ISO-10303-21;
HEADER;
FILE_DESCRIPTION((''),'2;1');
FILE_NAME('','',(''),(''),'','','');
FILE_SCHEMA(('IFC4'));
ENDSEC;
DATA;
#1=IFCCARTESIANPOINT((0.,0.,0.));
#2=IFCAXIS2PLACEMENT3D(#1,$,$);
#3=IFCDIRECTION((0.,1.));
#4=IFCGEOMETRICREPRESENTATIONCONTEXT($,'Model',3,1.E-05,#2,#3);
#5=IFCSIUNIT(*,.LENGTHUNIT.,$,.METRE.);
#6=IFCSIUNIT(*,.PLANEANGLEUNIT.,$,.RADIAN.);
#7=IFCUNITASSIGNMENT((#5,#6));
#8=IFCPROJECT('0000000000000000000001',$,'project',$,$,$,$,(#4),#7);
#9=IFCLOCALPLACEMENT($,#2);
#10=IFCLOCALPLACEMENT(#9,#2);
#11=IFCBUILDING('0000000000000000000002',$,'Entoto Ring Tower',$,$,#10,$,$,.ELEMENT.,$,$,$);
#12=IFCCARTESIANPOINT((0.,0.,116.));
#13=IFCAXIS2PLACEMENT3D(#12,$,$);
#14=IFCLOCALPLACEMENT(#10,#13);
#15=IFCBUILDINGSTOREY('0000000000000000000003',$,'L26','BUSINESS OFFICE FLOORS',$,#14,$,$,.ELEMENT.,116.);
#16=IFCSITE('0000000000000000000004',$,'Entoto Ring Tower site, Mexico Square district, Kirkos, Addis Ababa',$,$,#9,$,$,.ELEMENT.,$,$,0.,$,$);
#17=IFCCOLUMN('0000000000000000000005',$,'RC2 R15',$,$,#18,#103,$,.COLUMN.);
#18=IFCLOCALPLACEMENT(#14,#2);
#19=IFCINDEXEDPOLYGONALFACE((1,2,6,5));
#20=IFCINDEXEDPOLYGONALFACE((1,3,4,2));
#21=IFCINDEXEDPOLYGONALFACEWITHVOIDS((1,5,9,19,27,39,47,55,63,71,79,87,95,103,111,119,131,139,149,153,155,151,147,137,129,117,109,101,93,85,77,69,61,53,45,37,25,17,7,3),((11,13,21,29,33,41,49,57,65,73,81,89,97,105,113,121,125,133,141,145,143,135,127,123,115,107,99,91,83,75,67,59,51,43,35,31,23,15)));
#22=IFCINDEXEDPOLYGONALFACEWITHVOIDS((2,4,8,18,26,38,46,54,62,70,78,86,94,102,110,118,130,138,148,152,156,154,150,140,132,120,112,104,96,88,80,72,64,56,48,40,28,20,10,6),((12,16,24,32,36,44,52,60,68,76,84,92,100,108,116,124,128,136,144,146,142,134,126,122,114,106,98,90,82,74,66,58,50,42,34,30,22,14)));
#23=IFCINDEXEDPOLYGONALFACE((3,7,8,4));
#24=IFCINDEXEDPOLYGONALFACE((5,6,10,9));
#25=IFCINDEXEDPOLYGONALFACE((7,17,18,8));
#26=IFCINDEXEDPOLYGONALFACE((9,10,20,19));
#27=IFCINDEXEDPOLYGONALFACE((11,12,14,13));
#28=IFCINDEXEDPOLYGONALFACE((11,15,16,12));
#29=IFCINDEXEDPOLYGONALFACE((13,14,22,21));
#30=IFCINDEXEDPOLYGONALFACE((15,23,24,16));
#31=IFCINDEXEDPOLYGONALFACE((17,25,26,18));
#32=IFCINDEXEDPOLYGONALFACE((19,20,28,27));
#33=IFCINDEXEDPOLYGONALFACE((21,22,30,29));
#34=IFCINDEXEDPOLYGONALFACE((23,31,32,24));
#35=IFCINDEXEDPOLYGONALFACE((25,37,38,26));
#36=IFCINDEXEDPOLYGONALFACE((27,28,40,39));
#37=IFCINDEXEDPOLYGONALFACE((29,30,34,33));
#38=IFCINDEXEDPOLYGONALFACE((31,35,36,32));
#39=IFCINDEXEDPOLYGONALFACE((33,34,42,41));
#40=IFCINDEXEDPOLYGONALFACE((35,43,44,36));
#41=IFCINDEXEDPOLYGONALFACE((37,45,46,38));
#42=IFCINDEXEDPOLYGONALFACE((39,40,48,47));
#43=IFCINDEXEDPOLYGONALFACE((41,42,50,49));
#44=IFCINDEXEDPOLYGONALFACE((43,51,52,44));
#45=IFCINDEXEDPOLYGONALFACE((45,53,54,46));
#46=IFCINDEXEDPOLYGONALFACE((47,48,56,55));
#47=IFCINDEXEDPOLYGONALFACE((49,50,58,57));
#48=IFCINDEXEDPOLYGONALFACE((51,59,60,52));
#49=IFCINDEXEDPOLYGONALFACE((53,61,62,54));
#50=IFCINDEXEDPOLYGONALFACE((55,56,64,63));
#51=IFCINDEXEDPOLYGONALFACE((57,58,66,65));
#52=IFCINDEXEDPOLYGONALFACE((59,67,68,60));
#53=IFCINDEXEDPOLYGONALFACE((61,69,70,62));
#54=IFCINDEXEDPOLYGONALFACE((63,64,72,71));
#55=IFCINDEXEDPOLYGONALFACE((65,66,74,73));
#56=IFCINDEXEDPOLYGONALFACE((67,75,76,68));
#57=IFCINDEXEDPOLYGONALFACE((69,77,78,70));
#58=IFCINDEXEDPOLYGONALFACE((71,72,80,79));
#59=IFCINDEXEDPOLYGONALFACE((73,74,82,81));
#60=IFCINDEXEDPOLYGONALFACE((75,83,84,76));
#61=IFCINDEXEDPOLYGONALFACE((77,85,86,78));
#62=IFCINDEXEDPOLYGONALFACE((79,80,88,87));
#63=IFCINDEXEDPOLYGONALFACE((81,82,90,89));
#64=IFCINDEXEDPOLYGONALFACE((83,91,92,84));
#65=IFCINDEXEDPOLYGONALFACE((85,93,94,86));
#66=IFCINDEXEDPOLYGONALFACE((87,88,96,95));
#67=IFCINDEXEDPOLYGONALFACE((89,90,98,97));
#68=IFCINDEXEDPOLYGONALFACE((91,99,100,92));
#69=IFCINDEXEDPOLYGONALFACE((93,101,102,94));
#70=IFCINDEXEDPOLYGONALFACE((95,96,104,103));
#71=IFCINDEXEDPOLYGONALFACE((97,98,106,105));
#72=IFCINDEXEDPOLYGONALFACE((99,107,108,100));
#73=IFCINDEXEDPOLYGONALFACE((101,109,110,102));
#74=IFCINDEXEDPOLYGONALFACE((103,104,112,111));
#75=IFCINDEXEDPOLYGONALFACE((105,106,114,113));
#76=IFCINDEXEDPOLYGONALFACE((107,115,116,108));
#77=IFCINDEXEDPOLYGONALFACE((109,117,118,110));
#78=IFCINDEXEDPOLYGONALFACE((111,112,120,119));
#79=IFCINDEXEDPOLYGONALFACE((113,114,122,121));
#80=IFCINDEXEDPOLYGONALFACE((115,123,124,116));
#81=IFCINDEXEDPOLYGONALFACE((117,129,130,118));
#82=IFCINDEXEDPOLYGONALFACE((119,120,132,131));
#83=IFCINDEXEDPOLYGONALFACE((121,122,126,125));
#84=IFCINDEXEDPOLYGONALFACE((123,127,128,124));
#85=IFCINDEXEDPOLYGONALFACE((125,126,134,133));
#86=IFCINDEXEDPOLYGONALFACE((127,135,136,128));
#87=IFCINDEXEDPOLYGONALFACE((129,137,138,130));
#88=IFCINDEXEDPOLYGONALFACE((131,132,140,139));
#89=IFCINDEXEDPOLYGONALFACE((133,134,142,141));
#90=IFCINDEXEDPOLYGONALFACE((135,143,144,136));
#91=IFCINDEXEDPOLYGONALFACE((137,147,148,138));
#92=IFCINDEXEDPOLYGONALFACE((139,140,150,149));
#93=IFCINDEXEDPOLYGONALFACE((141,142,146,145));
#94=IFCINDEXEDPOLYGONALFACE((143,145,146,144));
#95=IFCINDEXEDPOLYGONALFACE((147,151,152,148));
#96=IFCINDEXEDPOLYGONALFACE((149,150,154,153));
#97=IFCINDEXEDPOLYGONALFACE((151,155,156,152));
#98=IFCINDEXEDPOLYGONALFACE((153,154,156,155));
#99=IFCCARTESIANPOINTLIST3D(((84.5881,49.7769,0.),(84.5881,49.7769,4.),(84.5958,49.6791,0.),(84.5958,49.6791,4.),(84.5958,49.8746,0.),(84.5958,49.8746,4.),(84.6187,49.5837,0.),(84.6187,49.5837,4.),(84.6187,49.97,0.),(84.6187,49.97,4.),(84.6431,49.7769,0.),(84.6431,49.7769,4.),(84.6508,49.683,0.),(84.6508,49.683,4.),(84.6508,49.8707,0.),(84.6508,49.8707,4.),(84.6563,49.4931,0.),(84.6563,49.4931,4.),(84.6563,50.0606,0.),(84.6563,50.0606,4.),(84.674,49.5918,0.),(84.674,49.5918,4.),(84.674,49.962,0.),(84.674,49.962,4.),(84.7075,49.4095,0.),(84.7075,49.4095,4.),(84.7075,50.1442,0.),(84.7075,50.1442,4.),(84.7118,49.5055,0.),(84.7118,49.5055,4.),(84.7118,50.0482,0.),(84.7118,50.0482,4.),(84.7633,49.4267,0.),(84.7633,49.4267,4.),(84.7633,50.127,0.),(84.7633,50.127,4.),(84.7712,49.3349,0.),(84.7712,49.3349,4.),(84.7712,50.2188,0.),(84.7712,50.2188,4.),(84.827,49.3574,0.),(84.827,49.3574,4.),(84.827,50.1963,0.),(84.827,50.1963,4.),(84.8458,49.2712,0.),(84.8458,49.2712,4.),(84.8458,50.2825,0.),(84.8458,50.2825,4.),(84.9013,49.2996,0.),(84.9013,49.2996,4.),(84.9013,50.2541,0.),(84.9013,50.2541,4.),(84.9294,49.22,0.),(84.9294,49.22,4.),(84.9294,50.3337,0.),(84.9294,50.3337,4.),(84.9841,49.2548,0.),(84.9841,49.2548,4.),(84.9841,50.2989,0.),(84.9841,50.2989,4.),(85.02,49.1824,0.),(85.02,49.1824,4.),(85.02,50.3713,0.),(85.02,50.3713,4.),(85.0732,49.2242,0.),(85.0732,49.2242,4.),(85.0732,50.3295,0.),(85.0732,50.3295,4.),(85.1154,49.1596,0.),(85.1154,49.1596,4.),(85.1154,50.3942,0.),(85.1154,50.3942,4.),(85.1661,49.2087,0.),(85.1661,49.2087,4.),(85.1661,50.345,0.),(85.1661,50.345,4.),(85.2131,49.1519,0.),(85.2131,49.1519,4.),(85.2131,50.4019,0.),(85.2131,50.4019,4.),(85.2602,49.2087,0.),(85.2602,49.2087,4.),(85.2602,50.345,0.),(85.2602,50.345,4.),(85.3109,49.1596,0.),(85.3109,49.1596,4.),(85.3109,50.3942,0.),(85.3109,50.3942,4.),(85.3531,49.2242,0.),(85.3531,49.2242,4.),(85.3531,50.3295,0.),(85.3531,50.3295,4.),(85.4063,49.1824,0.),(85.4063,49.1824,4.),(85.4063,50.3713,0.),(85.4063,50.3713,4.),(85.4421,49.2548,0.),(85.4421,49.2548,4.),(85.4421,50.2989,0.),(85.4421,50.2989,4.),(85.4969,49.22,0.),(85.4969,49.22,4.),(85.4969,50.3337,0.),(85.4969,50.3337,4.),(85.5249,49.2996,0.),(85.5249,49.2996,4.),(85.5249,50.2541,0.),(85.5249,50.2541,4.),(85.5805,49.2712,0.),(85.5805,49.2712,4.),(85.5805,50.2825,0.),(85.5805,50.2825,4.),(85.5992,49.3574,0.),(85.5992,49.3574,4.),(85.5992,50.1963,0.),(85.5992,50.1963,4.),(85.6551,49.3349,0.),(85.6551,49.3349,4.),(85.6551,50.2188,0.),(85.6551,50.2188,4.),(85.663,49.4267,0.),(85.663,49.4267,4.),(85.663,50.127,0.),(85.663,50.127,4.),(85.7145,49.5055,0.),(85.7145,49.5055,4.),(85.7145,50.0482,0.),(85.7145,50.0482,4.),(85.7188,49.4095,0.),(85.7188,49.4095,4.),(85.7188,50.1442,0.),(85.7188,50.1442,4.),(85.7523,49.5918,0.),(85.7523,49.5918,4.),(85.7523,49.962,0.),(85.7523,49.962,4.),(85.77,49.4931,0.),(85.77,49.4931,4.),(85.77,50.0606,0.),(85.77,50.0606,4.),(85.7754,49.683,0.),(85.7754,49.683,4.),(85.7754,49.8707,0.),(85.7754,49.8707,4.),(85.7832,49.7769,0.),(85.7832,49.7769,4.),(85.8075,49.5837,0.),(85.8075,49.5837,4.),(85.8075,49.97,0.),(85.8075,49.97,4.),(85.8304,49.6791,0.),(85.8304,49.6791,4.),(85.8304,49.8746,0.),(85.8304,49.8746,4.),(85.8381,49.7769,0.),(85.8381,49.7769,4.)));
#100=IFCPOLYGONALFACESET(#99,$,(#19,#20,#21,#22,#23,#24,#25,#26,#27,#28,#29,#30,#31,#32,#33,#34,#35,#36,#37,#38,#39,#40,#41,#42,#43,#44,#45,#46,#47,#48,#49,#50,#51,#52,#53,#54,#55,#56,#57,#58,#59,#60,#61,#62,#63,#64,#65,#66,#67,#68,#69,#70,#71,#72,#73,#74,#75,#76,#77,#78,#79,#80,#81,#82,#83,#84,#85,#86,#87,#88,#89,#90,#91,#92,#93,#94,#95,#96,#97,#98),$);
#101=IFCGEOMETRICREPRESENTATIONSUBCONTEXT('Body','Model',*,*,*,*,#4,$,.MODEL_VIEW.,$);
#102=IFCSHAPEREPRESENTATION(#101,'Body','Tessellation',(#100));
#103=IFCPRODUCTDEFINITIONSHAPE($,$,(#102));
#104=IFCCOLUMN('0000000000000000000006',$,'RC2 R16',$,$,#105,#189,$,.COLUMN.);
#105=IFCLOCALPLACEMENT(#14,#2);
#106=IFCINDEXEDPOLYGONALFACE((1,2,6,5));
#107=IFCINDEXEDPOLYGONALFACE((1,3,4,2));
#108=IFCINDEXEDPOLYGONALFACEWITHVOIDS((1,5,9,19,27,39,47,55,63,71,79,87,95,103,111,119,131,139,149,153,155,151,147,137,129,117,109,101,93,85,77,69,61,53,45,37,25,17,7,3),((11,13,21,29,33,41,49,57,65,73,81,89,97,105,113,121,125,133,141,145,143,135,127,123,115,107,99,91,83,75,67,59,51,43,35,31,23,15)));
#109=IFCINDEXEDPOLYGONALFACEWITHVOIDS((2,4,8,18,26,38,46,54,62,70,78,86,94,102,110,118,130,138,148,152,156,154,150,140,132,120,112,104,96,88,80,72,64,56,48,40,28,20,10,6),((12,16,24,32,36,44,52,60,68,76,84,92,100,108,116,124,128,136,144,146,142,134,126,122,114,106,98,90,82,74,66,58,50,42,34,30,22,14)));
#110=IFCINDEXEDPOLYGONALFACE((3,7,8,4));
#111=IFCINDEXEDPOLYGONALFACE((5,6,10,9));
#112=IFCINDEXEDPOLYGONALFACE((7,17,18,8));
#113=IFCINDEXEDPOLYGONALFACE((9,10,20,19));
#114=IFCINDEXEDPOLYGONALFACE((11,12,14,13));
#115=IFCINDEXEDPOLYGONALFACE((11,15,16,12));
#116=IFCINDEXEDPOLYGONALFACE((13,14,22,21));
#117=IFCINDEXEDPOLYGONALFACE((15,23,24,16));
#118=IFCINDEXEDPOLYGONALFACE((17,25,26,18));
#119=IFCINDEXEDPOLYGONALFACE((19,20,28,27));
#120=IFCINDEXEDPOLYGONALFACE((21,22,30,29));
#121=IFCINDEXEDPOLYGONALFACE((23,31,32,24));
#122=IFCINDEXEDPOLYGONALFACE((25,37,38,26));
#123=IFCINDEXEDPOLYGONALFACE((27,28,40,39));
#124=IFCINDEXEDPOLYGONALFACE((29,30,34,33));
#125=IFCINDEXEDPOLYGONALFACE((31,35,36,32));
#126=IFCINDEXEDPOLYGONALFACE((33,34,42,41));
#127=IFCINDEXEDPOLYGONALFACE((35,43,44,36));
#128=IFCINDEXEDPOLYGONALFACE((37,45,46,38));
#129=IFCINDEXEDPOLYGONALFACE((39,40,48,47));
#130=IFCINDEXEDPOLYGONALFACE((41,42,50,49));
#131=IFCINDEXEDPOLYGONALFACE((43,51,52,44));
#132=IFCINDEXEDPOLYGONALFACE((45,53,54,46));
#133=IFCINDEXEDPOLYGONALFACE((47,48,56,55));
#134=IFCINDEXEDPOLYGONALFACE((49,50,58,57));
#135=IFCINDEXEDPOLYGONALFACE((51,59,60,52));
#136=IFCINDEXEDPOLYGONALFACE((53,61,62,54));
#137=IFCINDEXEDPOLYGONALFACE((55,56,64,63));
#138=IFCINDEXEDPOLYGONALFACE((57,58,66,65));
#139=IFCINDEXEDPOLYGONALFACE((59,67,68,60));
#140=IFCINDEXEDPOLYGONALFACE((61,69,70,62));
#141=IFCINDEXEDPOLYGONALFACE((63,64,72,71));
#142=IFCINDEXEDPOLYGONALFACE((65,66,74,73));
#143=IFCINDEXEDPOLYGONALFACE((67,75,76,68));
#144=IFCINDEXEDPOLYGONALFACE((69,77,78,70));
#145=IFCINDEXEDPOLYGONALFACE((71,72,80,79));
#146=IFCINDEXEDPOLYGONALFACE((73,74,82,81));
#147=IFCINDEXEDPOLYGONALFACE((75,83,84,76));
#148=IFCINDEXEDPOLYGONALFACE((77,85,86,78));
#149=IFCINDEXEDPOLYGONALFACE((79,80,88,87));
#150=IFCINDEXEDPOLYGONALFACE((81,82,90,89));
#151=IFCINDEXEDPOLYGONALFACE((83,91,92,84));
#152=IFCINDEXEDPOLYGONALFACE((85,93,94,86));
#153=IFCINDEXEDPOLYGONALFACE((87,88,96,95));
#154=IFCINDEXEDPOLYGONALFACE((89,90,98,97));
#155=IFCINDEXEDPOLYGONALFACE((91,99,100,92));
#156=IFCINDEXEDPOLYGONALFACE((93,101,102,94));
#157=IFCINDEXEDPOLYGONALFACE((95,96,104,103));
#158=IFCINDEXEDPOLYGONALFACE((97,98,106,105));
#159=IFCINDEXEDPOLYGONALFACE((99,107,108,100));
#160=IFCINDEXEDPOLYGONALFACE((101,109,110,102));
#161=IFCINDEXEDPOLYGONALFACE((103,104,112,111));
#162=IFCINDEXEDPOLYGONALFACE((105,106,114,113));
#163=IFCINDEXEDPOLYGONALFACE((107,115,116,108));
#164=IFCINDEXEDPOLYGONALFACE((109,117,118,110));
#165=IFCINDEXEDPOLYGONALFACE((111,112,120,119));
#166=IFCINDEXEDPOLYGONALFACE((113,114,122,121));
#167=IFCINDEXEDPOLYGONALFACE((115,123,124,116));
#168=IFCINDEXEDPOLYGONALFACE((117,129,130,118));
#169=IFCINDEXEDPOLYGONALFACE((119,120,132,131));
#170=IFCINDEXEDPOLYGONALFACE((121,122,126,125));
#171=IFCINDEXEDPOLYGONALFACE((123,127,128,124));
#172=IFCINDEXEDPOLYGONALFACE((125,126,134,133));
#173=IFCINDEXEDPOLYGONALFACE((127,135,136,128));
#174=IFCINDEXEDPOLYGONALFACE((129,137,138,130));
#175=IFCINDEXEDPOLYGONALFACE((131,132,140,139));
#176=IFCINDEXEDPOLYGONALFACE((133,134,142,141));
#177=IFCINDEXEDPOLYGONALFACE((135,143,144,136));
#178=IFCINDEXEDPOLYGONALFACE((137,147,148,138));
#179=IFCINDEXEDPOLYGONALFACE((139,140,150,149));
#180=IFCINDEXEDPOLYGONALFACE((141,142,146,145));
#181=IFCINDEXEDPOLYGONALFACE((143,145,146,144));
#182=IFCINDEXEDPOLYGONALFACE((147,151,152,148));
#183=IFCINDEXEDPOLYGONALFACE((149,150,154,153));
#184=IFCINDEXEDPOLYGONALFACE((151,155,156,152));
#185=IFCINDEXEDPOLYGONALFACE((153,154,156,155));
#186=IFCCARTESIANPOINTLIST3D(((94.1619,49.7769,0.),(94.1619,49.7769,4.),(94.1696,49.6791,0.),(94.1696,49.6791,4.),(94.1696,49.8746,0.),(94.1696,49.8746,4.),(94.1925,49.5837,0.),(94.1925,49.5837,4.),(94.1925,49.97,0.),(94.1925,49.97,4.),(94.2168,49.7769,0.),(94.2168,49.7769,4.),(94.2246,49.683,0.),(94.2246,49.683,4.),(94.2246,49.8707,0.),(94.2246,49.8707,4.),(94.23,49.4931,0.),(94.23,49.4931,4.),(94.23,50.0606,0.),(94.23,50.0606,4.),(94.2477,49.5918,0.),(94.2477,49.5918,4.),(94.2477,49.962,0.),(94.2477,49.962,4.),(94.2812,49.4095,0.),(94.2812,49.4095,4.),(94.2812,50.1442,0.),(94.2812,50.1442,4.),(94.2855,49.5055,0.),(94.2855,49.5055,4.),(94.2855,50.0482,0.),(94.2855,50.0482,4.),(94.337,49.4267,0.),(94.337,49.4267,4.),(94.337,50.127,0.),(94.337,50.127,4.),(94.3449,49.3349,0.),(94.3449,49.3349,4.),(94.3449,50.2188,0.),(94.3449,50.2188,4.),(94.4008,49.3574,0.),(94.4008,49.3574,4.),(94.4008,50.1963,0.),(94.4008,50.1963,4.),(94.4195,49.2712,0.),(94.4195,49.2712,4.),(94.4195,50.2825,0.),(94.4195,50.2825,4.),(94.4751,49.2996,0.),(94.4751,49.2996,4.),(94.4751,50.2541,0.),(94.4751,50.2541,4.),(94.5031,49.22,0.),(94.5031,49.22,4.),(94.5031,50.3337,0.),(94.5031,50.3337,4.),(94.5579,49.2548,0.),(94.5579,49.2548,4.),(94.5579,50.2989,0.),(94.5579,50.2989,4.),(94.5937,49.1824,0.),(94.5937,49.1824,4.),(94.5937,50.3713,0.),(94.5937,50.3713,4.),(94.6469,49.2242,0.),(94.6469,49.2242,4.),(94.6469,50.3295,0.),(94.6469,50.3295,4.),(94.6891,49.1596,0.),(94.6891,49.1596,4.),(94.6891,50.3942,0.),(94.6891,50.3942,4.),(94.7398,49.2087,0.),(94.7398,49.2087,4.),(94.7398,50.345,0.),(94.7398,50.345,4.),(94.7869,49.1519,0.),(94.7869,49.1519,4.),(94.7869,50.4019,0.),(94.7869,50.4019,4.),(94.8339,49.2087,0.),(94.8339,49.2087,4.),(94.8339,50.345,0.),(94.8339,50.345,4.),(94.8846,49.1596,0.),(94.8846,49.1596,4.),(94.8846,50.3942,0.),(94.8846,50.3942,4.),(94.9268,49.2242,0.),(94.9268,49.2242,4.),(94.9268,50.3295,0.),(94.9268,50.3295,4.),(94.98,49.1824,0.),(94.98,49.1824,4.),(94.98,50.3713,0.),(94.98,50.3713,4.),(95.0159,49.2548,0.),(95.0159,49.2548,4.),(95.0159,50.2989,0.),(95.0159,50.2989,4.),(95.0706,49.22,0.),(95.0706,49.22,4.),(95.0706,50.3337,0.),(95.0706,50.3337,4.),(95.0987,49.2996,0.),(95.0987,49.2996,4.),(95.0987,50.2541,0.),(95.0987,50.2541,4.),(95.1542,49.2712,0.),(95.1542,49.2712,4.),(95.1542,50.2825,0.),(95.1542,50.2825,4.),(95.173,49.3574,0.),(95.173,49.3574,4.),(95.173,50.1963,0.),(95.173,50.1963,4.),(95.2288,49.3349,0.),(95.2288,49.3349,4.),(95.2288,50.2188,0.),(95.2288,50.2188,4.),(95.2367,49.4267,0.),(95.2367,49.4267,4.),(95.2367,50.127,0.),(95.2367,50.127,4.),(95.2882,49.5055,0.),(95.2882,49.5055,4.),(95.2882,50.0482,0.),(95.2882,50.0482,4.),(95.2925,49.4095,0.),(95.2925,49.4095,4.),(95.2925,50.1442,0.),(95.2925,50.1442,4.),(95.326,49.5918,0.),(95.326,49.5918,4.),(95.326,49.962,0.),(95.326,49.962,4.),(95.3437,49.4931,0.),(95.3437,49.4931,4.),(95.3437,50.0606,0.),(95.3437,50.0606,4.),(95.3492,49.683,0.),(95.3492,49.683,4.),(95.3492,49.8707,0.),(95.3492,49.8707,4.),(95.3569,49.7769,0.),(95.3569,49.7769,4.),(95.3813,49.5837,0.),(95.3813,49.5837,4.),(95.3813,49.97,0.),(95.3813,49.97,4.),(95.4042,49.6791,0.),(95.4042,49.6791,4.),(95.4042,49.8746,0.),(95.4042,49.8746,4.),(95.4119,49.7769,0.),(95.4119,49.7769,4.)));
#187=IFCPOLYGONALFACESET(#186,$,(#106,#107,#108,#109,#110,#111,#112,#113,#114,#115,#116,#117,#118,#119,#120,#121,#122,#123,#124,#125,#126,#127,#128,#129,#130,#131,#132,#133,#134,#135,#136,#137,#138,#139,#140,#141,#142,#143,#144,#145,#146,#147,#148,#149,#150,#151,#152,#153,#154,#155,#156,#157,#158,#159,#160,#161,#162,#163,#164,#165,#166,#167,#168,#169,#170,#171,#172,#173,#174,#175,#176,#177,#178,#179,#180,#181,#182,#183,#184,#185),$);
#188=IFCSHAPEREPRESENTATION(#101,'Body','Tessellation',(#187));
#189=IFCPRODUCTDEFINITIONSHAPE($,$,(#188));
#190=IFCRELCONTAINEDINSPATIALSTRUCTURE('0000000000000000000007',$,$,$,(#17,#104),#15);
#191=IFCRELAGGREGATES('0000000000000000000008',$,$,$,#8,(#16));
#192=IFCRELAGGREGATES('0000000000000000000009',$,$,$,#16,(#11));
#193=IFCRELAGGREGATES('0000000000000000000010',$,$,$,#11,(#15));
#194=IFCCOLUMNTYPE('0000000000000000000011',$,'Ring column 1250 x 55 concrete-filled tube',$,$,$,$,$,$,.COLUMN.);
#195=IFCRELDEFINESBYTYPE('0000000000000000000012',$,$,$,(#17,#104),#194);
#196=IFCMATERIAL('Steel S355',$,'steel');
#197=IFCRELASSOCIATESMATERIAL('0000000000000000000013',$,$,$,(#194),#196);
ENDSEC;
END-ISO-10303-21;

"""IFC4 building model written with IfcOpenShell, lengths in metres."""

from ifc_helpers import new_model, si_unit, direction, frame, origin, origin_2d, place, context, subcontext, project, spatial, circle, hollow_circle, extrude, material, material_profile, profile_set, type_object, element, save


model = new_model("IFC4")

# Units and contexts
model_context = context("Model", 3, precision=1e-05, world=origin(), true_north=direction((0.0, 1.0)))
body_context = subcontext(model_context, "Body", "Model", "MODEL_VIEW")
ifc_project = project(units=[si_unit("LENGTHUNIT", "METRE"), si_unit("PLANEANGLEUNIT", "RADIAN")], contexts=[model_context])

# Site, building, storey
site_placement = place(None, origin())
site = spatial("IfcSite", under=ifc_project, at=site_placement, Name="Entoto Ring Tower site, Mexico Square district, Kirkos, Addis Ababa", CompositionType="ELEMENT", RefElevation=0.0)
building_placement = place(site_placement, origin())
building = spatial("IfcBuilding", under=site, at=building_placement, Name="Entoto Ring Tower", CompositionType="ELEMENT")
storey_placement = place(building_placement, frame((0.0, 0.0, 116.0)))
storey = spatial("IfcBuildingStorey", under=building, at=storey_placement, Name="L26", Description="BUSINESS OFFICE FLOORS", CompositionType="ELEMENT", Elevation=116.0)

# Columns
ifc_material_1 = material(Name="Steel S355", Category="steel")
ifc_material_profile_1 = material_profile(ifc_material_1, hollow_circle(Radius=0.625, WallThickness=0.0549, at=origin_2d()), Name="CHS 1250 x 55")
ifc_material_2 = material(Name="Concrete C60/75", Category="concrete")
ifc_material_profile_2 = material_profile(ifc_material_2, circle(Radius=0.5701, at=origin_2d()), Name="Concrete C60/75 infill")
ifc_profile_set_1 = profile_set([ifc_material_profile_1, ifc_material_profile_2], Name="Steel S355")
column_type = type_object("IfcColumnType", Name="Ring column 1250 x 55 concrete-filled tube", PredefinedType="COLUMN", material=ifc_profile_set_1)
for number, where, z_axis, x_axis, name in (
    (1, (85.2131, 49.7769, 0.0), (0.0, 0.0, 1.0), (1.0, 0.0, 0.0), "RC2 R15"),
    (2, (94.7869, 49.7769, 0.0), (0.0, 0.0, 1.0), (1.0, 0.0, 0.0), "RC2 R16"),
):
    element("IfcColumn", number, at=place(storey_placement, frame(where, z_axis=z_axis, x_axis=x_axis)), inside=storey, type_object=column_type, Name=name, PredefinedType="COLUMN", context=body_context, shape_type="SweptSolid", body=[
        extrude(hollow_circle(Radius=0.625, WallThickness=0.0549, at=origin_2d()), origin(), (0.0, 0.0, 1.0), 4.0),
    ])

save(model, "model.ifc")
